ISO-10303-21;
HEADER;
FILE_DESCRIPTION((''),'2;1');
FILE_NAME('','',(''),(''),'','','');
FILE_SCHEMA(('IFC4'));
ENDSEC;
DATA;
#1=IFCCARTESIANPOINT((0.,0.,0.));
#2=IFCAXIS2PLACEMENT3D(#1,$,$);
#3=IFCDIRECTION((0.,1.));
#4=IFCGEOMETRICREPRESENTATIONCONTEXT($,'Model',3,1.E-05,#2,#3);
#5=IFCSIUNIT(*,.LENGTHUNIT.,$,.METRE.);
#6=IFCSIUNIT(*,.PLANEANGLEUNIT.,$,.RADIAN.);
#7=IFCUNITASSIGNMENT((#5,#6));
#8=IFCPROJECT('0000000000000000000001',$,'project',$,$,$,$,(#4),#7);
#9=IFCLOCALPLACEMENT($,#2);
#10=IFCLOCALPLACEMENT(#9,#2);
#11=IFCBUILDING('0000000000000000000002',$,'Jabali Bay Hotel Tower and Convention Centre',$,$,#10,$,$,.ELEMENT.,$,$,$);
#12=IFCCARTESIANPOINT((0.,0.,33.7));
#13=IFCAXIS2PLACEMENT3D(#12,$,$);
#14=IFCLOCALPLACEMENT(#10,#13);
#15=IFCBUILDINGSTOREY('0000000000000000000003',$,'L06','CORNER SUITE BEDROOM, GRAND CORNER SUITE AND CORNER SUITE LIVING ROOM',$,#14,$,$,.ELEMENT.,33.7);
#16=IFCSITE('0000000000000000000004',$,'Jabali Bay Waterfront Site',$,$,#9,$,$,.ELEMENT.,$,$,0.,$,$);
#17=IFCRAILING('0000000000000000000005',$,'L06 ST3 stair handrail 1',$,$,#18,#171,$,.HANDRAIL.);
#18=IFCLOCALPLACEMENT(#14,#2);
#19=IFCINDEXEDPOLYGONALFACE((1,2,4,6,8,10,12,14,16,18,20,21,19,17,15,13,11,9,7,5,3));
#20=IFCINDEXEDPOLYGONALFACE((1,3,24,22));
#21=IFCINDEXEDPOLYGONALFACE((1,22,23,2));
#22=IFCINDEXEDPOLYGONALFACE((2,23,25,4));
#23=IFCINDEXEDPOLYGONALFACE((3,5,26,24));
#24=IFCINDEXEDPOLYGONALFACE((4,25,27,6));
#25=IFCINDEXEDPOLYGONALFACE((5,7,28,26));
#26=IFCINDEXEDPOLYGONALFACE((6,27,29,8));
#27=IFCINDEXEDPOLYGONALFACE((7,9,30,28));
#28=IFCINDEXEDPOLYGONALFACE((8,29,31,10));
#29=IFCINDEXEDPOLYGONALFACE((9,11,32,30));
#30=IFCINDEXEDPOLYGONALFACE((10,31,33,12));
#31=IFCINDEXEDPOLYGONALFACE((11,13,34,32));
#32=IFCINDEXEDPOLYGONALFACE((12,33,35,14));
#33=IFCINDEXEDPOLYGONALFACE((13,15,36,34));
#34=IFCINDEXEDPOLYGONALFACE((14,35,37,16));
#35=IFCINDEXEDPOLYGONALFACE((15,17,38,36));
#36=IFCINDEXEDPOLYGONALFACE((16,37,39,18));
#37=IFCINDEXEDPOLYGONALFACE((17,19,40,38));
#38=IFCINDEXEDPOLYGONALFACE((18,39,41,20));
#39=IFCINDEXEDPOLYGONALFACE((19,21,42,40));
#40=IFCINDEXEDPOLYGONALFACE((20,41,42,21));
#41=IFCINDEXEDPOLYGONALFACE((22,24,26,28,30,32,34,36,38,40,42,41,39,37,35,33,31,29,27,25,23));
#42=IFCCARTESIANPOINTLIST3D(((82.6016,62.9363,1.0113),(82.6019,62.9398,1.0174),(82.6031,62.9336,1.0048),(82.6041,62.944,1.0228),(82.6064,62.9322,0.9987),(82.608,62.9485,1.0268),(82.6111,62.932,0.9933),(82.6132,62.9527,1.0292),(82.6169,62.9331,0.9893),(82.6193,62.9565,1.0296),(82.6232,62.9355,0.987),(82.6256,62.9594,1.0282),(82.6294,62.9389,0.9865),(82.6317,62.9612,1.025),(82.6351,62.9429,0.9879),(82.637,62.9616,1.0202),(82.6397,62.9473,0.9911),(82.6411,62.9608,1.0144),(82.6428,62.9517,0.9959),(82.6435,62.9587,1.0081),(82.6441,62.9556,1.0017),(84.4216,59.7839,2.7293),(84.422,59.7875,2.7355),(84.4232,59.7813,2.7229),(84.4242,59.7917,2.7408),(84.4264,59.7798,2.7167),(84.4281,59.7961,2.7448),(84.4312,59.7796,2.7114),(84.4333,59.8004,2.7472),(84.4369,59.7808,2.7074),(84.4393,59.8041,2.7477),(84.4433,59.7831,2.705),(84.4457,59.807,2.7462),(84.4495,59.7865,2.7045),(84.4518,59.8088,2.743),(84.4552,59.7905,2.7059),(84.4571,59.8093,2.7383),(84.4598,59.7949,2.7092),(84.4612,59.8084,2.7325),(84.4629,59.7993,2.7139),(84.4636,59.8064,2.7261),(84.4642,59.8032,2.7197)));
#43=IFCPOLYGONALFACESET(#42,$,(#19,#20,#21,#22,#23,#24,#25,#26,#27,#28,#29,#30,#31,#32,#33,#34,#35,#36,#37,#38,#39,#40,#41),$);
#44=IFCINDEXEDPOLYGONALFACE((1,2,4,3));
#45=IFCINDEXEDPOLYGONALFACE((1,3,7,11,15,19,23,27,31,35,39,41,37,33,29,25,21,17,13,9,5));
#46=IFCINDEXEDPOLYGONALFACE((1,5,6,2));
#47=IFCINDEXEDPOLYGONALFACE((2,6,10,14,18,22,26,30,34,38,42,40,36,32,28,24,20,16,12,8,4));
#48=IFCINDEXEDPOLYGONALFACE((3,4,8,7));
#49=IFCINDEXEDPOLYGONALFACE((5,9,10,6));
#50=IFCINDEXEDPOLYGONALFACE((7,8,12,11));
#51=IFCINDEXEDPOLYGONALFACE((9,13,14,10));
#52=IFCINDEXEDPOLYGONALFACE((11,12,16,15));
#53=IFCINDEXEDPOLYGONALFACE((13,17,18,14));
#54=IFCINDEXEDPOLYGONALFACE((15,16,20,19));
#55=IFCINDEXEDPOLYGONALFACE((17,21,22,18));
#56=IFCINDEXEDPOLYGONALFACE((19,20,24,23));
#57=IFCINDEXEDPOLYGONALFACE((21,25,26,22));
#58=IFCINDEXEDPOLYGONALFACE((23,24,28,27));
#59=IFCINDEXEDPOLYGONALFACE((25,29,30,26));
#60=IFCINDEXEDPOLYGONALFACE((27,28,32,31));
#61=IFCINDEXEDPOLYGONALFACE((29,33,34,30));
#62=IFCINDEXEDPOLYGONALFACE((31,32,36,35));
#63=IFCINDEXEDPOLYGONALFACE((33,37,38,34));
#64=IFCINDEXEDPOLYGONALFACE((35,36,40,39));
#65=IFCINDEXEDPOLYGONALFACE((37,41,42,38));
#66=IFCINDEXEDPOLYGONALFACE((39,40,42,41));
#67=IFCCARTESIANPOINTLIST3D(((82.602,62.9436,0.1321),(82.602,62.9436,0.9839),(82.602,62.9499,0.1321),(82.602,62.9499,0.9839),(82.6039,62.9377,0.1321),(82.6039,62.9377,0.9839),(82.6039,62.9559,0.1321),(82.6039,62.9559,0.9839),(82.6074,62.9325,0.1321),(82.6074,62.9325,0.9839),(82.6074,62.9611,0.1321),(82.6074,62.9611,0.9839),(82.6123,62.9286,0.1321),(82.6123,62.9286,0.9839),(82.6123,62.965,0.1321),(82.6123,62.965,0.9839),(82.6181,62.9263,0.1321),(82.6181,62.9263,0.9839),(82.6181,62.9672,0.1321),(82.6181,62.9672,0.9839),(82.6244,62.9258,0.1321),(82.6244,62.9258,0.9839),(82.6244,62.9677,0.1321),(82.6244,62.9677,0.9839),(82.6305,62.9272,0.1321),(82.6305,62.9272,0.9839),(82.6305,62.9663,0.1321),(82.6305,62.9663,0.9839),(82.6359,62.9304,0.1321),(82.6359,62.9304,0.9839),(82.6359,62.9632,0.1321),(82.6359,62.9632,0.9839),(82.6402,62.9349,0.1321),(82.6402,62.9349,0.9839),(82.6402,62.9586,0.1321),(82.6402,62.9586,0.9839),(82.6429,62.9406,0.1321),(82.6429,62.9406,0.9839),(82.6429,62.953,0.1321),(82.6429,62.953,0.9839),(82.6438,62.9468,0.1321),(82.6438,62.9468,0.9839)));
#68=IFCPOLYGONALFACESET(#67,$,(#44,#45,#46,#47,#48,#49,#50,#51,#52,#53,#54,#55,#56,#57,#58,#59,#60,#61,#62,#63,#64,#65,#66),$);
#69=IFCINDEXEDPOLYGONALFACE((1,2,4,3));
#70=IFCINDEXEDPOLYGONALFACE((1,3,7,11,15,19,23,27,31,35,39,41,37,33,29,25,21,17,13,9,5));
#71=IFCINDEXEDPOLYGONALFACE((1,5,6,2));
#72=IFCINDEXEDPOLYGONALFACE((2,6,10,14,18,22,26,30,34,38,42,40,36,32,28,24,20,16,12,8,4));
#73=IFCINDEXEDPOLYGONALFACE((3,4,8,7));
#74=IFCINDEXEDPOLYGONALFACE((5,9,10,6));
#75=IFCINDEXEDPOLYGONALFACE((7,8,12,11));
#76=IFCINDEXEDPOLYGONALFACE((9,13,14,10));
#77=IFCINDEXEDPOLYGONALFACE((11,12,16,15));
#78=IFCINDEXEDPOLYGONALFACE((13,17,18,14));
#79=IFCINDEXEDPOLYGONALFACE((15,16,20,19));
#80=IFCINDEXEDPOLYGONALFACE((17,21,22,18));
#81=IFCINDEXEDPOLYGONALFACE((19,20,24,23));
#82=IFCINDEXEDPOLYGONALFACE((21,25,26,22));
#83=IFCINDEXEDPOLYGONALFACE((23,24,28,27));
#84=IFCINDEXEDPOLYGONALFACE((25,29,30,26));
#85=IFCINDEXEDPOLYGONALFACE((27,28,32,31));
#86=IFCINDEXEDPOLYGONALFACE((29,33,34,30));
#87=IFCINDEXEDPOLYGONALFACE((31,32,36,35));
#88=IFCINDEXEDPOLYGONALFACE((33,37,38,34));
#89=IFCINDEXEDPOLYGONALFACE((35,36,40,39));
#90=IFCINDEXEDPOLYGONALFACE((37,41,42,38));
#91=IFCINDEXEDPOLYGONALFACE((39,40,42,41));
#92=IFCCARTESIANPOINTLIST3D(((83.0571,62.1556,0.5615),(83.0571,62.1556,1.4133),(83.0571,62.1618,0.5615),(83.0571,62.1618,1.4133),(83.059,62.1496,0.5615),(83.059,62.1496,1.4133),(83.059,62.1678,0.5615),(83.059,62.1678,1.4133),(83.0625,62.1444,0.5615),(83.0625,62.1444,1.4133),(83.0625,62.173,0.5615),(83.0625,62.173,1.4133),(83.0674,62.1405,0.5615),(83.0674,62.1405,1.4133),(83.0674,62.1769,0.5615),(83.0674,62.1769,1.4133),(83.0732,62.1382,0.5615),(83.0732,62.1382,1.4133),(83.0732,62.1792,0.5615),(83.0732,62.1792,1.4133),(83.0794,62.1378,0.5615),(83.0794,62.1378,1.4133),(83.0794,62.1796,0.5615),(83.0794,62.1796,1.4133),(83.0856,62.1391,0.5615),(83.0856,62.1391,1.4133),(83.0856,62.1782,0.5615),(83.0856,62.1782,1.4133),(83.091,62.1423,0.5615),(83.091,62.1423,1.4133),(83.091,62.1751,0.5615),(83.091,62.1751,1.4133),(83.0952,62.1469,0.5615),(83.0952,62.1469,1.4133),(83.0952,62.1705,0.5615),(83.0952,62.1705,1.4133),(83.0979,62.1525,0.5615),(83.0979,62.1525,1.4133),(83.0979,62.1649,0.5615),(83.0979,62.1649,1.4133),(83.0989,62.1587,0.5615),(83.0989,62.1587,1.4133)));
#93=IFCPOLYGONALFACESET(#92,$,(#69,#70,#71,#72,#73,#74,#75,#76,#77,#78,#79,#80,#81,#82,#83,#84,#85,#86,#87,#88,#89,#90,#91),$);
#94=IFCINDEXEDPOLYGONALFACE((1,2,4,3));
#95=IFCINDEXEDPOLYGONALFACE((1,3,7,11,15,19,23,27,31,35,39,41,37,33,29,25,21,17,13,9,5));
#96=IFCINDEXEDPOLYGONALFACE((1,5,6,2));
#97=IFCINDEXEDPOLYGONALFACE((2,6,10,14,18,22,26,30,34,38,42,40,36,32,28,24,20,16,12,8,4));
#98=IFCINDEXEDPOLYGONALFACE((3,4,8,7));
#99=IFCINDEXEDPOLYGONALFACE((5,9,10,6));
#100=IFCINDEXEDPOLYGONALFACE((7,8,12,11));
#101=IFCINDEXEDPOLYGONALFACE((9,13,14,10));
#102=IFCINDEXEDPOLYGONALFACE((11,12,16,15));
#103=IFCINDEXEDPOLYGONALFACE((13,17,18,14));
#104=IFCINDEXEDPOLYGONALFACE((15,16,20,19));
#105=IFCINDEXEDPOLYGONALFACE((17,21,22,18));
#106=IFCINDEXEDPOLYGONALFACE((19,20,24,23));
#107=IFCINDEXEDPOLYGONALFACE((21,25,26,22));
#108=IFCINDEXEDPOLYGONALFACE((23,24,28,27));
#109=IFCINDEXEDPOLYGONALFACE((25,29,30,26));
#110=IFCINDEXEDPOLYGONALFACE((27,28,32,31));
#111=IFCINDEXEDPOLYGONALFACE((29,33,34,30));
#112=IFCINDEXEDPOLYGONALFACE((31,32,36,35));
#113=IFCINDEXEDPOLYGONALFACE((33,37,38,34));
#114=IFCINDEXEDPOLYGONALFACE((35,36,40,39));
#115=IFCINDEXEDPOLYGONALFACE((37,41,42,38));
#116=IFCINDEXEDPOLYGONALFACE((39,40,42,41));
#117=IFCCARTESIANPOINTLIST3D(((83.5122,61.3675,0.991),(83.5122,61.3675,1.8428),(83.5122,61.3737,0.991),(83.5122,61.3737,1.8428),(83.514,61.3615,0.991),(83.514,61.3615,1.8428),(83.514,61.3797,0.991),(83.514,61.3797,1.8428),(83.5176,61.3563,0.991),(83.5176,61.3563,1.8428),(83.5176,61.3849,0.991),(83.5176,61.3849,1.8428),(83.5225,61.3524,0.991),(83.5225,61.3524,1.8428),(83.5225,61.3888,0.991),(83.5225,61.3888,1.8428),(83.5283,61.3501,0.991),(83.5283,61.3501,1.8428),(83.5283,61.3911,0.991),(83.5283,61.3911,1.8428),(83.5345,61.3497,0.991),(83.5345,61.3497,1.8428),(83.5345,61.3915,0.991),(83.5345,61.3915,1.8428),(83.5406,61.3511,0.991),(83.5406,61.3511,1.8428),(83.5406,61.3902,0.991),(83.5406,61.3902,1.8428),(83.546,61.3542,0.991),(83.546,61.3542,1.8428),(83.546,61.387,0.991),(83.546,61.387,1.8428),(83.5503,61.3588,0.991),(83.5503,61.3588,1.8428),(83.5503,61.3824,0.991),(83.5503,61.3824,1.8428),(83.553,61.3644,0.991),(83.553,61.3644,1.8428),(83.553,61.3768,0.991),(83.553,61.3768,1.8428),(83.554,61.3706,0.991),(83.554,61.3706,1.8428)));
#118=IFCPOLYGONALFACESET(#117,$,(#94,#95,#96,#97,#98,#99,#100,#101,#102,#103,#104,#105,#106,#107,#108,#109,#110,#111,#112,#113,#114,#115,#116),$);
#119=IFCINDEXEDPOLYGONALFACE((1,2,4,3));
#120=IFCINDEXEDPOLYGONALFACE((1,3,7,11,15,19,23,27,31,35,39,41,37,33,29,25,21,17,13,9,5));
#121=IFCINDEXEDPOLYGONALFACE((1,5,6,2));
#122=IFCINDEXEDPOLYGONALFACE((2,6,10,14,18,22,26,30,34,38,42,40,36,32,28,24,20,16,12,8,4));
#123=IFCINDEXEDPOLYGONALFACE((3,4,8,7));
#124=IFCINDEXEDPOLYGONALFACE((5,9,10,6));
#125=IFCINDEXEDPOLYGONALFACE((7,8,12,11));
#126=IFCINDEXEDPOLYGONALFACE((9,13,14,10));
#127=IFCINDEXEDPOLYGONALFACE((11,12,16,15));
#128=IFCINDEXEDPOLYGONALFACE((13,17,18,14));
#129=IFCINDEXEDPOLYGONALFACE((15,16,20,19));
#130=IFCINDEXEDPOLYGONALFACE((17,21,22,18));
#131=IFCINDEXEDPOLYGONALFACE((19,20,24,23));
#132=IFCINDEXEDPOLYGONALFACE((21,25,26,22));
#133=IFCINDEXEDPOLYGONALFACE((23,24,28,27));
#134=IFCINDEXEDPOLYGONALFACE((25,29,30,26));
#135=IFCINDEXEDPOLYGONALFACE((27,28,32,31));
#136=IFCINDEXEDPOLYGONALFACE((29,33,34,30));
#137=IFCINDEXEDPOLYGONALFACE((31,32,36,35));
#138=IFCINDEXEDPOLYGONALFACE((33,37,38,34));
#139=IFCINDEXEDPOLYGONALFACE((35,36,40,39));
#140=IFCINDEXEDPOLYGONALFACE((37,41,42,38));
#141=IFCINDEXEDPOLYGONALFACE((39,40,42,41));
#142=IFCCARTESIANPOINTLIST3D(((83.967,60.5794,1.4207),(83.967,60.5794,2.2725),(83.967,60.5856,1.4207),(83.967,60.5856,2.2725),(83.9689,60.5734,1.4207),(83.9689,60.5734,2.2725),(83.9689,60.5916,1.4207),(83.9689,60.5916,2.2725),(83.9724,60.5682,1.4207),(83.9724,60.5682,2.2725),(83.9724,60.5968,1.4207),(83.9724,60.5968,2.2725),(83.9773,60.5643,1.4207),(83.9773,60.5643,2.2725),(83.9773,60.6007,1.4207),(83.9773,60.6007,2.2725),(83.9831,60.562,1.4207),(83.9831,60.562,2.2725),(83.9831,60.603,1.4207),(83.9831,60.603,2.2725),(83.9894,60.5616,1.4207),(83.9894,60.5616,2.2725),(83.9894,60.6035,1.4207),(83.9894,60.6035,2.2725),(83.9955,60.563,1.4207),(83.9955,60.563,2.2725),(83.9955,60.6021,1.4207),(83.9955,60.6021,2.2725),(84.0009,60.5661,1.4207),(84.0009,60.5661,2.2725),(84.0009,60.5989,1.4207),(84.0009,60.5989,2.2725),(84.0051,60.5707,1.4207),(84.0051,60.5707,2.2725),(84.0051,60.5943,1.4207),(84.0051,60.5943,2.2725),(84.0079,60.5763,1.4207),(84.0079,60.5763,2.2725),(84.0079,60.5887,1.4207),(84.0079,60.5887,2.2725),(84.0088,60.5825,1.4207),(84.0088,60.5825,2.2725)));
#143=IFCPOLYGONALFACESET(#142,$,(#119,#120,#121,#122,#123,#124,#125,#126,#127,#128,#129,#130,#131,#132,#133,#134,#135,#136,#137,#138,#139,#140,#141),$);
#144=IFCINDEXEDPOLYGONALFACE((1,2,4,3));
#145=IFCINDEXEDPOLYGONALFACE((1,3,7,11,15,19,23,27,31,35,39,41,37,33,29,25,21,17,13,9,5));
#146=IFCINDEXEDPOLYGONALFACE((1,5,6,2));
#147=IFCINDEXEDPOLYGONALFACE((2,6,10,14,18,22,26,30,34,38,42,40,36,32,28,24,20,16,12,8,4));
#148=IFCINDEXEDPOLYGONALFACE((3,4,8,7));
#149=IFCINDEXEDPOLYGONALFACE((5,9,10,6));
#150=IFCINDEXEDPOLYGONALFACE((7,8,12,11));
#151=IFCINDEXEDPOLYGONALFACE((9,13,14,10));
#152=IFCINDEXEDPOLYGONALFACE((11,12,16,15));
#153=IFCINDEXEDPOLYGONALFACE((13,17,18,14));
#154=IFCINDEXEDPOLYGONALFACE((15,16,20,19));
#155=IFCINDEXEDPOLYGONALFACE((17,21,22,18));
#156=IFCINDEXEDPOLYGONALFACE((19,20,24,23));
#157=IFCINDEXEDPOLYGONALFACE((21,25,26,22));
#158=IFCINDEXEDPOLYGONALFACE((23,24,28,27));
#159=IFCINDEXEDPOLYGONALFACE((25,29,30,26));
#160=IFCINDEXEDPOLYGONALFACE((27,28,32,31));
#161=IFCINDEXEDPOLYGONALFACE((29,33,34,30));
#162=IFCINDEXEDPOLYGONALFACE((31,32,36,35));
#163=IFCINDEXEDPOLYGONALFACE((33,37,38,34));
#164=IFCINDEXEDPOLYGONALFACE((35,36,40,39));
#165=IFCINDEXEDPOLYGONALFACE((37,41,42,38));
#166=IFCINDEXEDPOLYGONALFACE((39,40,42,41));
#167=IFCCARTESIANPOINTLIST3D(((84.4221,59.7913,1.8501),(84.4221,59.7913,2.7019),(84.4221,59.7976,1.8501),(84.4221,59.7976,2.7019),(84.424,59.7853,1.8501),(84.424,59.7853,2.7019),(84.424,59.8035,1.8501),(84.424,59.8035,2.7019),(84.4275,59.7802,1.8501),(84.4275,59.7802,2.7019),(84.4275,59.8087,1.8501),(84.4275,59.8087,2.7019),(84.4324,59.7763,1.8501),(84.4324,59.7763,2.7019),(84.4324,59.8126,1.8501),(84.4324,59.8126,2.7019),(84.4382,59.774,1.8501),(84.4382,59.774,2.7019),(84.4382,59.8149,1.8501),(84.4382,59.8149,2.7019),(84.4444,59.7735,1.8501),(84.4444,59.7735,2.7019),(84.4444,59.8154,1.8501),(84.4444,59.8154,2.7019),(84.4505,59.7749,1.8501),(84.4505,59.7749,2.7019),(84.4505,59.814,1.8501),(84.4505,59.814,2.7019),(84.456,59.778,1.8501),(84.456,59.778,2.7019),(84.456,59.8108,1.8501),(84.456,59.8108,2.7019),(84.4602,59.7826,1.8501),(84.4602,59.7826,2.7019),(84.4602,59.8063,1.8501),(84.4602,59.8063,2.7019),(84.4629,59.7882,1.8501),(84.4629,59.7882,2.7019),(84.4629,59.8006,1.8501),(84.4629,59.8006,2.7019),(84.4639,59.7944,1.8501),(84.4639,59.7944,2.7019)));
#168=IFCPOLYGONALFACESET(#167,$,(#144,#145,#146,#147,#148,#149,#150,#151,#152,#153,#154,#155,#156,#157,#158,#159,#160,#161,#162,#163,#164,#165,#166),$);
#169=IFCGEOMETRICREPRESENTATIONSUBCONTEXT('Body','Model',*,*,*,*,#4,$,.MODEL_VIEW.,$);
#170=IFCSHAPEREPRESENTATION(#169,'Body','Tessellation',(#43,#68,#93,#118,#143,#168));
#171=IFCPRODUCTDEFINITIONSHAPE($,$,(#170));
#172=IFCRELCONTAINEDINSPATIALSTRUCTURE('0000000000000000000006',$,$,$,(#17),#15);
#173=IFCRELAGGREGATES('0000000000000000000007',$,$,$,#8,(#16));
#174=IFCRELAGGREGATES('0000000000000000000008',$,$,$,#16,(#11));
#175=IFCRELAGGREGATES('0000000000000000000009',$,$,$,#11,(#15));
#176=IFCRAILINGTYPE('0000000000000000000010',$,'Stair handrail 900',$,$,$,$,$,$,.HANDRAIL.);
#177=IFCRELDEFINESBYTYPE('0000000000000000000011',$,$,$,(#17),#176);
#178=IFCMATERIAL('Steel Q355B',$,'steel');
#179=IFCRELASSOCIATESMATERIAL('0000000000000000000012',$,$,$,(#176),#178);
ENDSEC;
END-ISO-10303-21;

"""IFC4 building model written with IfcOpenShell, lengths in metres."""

from ifc_helpers import new_model, si_unit, direction, frame, origin, origin_2d, place, context, subcontext, project, spatial, circle, extrude, material, type_object, element, save


model = new_model("IFC4")

# Units and contexts
model_context = context("Model", 3, precision=1e-05, world=origin(), true_north=direction((0.0, 1.0)))
body_context = subcontext(model_context, "Body", "Model", "MODEL_VIEW")
ifc_project = project(units=[si_unit("LENGTHUNIT", "METRE"), si_unit("PLANEANGLEUNIT", "RADIAN")], contexts=[model_context])

# Site, building, storey
site_placement = place(None, origin())
site = spatial("IfcSite", under=ifc_project, at=site_placement, Name="Jabali Bay Waterfront Site", CompositionType="ELEMENT", RefElevation=0.0)
building_placement = place(site_placement, origin())
building = spatial("IfcBuilding", under=site, at=building_placement, Name="Jabali Bay Hotel Tower and Convention Centre", CompositionType="ELEMENT")
storey_placement = place(building_placement, frame((0.0, 0.0, 33.7)))
storey = spatial("IfcBuildingStorey", under=building, at=storey_placement, Name="L06", Description="CORNER SUITE BEDROOM, GRAND CORNER SUITE AND CORNER SUITE LIVING ROOM", CompositionType="ELEMENT", Elevation=33.7)

# Railing
ifc_material_1 = material(Name="Steel Q355B", Category="steel")
railing_type_1 = type_object("IfcRailingType", Name="Stair handrail 900", PredefinedType="HANDRAIL", material=ifc_material_1)
railing_1_placement = place(storey_placement, frame((82.6228, 62.9468, 0.1321)))
element("IfcRailing", 1, at=railing_1_placement, inside=storey, type_object=railing_type_1, Name="L06 ST3 stair handrail 1", PredefinedType="HANDRAIL", context=body_context, shape_type="SweptSolid", body=[
    extrude(circle(Radius=0.0239, at=origin_2d()), frame((0.0, 0.0, 0.876), z_axis=(0.452179, -0.78317, 0.426825), x_axis=(0.866018, 0.500013, 0.0)), (0.0, 0.0, 1.0), 4.0251),
    extrude(circle(Radius=0.021, at=origin_2d()), origin(), (0.0, 0.0, 1.0), 0.8518),
    extrude(circle(Radius=0.021, at=origin_2d()), frame((0.4551, -0.7881, 0.4294)), (0.0, 0.0, 1.0), 0.8518),
    extrude(circle(Radius=0.021, at=origin_2d()), frame((0.9102, -1.5762, 0.8589)), (0.0, 0.0, 1.0), 0.8518),
    extrude(circle(Radius=0.021, at=origin_2d()), frame((1.365, -2.3643, 1.2886)), (0.0, 0.0, 1.0), 0.8518),
    extrude(circle(Radius=0.021, at=origin_2d()), frame((1.8201, -3.1523, 1.718)), (0.0, 0.0, 1.0), 0.8518),
])

save(model, "model.ifc")
